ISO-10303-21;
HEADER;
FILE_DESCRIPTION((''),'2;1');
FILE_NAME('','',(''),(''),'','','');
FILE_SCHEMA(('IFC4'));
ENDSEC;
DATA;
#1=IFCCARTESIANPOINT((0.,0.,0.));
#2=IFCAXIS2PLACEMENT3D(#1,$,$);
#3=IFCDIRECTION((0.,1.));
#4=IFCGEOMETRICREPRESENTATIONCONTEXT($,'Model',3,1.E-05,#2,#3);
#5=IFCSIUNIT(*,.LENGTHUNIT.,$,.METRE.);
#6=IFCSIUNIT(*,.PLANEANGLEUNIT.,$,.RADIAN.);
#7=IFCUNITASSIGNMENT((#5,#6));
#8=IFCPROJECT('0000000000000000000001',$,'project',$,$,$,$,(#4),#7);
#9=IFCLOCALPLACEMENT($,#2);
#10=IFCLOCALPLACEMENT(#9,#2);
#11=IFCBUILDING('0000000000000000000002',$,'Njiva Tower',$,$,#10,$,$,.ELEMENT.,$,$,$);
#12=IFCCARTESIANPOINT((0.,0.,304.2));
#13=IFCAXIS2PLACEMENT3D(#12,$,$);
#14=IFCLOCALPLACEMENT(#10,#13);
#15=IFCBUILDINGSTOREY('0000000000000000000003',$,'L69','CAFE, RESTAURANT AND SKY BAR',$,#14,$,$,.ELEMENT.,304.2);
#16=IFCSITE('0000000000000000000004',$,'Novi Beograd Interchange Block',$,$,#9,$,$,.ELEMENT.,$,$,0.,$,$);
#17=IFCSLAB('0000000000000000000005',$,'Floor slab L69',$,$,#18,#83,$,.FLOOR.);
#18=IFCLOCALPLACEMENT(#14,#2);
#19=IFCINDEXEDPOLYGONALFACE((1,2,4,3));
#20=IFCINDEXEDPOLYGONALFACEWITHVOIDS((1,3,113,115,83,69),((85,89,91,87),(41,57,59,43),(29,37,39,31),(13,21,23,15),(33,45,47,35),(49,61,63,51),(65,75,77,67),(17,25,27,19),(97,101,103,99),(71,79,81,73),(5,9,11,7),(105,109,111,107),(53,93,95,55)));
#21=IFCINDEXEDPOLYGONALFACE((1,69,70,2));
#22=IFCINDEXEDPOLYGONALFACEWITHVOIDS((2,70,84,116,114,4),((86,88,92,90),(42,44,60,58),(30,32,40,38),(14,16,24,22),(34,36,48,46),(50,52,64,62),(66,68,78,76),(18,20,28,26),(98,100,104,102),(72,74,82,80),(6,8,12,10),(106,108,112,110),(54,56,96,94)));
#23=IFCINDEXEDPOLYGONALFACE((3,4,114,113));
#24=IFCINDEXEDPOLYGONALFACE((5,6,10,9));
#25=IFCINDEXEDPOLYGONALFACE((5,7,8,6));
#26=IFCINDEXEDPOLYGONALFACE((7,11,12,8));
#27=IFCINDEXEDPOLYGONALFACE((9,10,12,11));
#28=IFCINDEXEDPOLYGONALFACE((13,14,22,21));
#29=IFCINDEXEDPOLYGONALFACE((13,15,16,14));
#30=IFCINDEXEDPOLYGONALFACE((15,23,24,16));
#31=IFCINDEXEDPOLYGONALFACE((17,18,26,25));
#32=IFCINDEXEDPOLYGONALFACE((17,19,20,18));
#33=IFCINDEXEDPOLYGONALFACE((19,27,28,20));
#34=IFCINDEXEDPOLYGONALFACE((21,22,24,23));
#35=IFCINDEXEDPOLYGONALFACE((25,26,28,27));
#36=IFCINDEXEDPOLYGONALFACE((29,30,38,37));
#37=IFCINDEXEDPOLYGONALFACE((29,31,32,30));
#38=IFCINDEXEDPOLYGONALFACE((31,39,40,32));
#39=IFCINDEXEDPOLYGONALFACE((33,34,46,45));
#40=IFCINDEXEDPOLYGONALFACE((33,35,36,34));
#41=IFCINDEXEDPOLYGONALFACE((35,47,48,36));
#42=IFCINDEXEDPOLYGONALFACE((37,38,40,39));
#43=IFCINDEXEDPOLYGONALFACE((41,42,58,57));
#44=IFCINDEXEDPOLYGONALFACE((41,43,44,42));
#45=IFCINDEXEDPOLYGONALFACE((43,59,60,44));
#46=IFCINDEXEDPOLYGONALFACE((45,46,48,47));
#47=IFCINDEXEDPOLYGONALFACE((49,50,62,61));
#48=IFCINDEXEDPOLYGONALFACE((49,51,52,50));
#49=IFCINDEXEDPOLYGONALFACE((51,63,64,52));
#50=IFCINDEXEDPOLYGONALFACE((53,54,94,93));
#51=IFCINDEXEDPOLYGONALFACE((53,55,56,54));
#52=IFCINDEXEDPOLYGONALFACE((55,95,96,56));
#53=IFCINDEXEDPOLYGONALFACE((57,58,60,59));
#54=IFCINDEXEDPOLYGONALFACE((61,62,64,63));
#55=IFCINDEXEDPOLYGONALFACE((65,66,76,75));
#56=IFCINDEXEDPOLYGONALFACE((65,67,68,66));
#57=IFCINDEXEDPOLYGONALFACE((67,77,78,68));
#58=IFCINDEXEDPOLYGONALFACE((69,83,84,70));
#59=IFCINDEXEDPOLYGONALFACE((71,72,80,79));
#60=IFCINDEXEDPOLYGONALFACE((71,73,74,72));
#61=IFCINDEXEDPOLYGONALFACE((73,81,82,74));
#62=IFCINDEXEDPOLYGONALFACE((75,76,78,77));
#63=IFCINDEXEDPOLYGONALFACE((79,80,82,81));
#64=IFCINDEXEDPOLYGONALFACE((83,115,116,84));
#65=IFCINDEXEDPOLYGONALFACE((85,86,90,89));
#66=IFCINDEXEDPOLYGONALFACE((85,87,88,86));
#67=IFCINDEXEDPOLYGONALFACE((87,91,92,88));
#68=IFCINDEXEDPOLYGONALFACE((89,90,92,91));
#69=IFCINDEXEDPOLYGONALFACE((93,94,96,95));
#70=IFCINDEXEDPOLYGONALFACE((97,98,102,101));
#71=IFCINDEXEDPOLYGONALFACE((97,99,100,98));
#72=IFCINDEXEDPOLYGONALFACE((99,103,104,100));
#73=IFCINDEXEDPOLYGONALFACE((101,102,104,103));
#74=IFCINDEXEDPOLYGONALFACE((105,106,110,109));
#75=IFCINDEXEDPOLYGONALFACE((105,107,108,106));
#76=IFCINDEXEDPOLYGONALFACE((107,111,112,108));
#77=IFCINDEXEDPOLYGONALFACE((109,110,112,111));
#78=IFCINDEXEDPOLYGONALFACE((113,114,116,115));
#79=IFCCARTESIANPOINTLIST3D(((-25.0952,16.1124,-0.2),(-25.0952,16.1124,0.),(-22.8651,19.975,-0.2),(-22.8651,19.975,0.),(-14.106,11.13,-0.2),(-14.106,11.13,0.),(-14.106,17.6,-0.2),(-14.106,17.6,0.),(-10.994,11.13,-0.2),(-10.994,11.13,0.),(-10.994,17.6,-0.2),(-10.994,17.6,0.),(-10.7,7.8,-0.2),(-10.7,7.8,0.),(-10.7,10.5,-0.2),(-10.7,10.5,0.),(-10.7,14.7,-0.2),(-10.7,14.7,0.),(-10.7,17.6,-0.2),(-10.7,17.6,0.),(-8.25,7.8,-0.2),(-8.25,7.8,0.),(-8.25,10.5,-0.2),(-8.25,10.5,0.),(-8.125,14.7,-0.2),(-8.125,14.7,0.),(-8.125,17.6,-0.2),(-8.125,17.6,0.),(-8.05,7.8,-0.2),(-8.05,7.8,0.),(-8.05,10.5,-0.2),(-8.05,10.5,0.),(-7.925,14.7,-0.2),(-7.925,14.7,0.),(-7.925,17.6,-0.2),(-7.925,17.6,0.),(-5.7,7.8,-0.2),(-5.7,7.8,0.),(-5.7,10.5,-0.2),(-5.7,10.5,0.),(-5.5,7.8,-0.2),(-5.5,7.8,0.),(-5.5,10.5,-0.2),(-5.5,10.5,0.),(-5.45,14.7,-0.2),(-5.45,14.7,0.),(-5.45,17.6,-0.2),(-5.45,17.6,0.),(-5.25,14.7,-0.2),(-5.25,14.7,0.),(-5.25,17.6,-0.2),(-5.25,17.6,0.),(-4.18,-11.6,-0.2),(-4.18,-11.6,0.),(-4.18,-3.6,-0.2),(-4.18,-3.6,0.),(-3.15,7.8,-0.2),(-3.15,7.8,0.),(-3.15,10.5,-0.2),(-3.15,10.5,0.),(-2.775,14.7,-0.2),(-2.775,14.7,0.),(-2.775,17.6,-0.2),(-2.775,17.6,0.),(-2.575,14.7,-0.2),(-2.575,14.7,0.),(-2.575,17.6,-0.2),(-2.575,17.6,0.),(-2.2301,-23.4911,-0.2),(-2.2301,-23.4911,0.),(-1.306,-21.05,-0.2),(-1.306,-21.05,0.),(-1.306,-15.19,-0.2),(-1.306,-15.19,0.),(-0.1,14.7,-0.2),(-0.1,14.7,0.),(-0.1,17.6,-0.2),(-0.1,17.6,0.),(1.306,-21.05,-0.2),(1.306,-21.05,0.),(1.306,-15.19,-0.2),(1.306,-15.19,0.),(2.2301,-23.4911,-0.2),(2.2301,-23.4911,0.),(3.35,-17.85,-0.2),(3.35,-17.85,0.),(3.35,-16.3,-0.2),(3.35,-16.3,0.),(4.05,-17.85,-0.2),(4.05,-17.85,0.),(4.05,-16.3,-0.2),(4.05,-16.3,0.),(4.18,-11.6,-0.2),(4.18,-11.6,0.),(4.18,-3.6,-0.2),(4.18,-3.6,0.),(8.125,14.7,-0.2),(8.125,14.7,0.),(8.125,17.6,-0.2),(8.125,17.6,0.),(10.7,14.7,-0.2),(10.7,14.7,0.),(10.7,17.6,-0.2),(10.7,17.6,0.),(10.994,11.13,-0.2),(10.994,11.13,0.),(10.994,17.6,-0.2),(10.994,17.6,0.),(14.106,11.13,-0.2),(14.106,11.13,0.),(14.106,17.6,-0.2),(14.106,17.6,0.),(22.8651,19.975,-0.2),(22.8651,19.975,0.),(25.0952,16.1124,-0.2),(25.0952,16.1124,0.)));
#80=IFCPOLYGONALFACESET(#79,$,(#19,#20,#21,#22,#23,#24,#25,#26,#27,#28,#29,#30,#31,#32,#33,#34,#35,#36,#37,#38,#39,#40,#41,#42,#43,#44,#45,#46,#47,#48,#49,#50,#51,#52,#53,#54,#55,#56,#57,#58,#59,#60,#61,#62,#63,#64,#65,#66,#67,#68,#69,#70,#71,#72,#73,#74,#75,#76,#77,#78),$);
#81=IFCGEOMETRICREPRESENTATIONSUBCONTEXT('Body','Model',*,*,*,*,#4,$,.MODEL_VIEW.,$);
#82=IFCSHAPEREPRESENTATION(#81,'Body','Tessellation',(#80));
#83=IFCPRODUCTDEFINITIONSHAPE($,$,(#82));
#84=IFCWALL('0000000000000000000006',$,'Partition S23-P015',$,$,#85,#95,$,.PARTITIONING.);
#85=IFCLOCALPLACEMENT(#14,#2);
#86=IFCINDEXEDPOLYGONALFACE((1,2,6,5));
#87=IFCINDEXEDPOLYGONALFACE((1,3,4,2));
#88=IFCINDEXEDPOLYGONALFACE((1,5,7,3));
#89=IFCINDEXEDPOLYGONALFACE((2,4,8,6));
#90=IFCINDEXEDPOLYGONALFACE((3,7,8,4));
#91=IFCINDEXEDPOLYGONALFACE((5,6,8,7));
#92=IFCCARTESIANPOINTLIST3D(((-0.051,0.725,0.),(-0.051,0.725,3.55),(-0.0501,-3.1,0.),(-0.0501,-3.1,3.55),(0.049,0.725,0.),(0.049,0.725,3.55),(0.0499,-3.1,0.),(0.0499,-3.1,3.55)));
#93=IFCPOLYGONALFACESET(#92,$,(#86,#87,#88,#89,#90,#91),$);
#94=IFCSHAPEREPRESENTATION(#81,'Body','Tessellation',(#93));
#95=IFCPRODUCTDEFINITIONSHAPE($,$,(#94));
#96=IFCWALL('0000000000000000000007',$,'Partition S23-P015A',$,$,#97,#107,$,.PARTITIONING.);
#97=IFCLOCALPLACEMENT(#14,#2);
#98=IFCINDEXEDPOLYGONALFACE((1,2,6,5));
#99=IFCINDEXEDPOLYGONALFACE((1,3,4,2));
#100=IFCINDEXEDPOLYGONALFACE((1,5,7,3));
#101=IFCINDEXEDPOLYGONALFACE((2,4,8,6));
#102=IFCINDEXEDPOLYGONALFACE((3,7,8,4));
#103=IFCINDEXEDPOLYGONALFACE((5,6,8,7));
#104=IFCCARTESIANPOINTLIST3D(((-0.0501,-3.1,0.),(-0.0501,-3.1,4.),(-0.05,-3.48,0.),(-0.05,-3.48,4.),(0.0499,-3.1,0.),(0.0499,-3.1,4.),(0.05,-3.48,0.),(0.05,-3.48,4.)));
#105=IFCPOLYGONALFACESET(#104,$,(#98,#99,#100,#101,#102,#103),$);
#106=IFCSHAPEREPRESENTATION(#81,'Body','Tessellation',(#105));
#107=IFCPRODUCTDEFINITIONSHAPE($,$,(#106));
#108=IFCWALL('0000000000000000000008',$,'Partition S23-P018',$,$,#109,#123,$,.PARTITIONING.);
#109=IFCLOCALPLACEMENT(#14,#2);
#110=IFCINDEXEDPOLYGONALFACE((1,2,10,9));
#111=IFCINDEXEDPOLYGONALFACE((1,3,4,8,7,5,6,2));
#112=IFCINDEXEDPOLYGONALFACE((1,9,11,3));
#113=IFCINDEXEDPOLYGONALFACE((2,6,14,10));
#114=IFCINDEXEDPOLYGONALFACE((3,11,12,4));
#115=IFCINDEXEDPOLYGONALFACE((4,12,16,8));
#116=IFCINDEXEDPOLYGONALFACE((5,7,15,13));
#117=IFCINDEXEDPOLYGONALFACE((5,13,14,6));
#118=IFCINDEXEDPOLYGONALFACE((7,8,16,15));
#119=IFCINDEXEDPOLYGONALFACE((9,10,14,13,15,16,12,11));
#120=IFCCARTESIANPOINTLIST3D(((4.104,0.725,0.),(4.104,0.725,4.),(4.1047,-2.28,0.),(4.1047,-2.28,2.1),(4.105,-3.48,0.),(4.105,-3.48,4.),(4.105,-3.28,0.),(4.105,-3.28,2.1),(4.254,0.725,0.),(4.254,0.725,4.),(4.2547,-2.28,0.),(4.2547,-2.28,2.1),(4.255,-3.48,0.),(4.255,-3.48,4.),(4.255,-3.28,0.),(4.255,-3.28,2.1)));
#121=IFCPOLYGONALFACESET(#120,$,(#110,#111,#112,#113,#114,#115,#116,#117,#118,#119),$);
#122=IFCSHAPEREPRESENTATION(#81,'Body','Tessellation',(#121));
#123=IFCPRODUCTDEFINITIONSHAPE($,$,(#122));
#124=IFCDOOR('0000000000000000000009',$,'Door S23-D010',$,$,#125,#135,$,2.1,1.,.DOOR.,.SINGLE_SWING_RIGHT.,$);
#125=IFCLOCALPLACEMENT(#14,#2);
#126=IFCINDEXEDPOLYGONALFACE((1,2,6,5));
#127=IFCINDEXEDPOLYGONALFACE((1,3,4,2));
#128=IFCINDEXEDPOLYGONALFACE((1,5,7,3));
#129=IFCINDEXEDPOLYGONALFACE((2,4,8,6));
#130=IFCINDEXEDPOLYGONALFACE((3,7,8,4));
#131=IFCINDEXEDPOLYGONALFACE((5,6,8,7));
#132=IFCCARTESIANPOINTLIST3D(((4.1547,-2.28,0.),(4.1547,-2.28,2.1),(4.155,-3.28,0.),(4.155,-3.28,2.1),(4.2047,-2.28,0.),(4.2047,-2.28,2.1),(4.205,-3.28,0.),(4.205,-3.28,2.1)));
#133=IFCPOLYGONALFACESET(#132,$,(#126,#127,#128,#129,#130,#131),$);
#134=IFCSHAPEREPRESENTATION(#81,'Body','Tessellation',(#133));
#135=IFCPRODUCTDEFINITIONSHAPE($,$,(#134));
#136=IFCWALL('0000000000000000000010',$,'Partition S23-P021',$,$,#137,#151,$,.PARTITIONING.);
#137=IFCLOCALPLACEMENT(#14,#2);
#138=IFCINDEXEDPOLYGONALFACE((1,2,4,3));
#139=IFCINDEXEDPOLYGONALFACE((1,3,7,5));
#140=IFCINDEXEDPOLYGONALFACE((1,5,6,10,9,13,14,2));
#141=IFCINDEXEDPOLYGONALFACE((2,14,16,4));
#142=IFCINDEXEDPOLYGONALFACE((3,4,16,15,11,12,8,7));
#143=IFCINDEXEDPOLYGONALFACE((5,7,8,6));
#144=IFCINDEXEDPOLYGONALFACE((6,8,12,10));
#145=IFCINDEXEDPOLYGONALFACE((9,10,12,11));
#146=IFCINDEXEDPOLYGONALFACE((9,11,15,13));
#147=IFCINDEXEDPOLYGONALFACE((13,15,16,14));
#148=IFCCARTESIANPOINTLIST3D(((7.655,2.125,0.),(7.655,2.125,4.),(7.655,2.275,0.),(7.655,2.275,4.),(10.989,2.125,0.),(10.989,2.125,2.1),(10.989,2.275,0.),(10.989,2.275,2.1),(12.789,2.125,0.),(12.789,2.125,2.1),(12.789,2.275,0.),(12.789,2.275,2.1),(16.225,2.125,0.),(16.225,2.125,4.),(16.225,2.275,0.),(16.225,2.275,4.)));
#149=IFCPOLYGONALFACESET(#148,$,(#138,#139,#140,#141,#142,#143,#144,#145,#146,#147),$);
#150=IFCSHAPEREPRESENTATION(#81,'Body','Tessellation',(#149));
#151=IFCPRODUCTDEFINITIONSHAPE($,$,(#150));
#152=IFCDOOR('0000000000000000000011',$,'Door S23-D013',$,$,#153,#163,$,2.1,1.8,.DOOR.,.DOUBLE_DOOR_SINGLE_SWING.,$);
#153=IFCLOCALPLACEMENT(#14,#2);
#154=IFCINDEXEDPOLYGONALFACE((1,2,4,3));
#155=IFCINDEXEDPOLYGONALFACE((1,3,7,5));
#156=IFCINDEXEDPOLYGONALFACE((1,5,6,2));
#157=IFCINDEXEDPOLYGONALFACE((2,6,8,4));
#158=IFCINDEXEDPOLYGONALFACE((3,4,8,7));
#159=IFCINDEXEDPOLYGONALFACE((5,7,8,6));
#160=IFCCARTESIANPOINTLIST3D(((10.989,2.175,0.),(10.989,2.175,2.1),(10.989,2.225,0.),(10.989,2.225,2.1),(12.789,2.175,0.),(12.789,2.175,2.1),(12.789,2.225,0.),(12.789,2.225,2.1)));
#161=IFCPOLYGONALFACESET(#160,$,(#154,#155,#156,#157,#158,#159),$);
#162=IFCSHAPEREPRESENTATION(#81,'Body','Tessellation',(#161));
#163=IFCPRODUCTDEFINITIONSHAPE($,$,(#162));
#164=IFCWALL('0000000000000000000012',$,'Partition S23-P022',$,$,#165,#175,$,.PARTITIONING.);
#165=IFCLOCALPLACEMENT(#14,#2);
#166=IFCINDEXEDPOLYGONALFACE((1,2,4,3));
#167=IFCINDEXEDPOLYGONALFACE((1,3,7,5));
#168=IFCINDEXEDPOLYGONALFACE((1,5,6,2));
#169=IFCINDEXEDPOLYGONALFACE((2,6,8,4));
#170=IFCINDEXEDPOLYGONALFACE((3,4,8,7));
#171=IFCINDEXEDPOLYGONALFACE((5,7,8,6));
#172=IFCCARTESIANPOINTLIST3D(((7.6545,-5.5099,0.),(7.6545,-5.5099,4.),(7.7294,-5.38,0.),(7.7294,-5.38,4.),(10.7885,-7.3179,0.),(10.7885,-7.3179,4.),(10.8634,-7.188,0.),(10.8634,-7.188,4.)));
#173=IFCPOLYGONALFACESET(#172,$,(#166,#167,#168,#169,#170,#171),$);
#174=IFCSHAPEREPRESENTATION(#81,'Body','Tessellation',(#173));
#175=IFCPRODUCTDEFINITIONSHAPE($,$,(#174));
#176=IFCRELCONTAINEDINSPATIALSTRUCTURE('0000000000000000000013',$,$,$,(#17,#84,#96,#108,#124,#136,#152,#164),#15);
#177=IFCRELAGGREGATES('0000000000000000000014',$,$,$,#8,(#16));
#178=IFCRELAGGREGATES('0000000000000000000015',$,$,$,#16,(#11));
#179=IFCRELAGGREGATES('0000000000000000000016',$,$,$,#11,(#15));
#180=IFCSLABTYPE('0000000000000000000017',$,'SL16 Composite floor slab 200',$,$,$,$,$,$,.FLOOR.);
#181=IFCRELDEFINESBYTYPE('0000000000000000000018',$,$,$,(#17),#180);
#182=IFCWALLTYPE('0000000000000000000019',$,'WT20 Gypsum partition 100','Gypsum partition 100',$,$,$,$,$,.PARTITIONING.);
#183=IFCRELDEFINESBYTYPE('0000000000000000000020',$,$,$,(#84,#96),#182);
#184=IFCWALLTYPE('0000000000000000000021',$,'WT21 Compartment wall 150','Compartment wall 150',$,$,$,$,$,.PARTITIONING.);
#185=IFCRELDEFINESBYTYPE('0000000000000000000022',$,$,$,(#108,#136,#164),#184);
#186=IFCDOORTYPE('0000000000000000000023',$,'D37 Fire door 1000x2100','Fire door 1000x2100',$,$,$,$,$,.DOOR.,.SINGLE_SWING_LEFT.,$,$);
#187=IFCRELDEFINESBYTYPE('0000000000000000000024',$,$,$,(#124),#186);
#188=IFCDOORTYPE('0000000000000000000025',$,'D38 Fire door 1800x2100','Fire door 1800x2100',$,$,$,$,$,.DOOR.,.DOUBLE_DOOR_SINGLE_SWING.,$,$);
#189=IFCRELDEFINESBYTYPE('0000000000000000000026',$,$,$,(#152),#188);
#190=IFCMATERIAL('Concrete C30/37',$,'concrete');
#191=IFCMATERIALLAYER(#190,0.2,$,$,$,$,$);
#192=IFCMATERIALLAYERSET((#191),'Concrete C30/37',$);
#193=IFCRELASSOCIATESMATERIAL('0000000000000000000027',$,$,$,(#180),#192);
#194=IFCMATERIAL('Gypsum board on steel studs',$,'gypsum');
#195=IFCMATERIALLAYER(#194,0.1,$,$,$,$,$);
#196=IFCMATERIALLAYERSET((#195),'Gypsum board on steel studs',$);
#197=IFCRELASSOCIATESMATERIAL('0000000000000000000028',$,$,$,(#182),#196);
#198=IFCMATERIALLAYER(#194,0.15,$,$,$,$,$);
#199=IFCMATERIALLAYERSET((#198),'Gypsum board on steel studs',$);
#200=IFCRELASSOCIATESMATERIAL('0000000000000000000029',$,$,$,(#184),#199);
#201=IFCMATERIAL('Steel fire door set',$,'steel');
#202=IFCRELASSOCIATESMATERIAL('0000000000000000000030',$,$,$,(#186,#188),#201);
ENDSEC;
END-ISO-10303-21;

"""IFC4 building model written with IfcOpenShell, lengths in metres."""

from ifc_helpers import new_model, si_unit, direction, frame, frame_2d, origin, place, context, subcontext, project, spatial, polyline, rectangle, outline, extrude, material, layer, layer_set, type_object, element, fill, save


model = new_model("IFC4")

# Units and contexts
model_context = context("Model", 3, precision=1e-05, world=origin(), true_north=direction((0.0, 1.0)))
body_context = subcontext(model_context, "Body", "Model", "MODEL_VIEW")
ifc_project = project(units=[si_unit("LENGTHUNIT", "METRE"), si_unit("PLANEANGLEUNIT", "RADIAN")], contexts=[model_context])

# Site, building, storey
site_placement = place(None, origin())
site = spatial("IfcSite", under=ifc_project, at=site_placement, Name="Novi Beograd Interchange Block", CompositionType="ELEMENT", RefElevation=0.0)
building_placement = place(site_placement, origin())
building = spatial("IfcBuilding", under=site, at=building_placement, Name="Njiva Tower", CompositionType="ELEMENT")
storey_placement = place(building_placement, frame((0.0, 0.0, 304.2)))
storey = spatial("IfcBuildingStorey", under=building, at=storey_placement, Name="L69", Description="CAFE, RESTAURANT AND SKY BAR", CompositionType="ELEMENT", Elevation=304.2)

# Slab
ifc_material_1 = material(Name="Concrete C30/37", Category="concrete")
ifc_layer_1 = layer(ifc_material_1, 0.2)
ifc_layer_set_1 = layer_set([ifc_layer_1], Name="Concrete C30/37")
slab_type_1 = type_object("IfcSlabType", Name="SL16 Composite floor slab 200", PredefinedType="FLOOR", material=ifc_layer_set_1)
slab_1_placement = place(storey_placement, frame((0.0, 0.0, -0.2)))
element("IfcSlab", 1, at=slab_1_placement, inside=storey, type_object=slab_type_1, Name="Floor slab L69", PredefinedType="FLOOR", context=body_context, shape_type="SweptSolid", body=[
    extrude(outline(polyline([(25.0952, 16.1124), (2.2301, -23.4911), (-2.2301, -23.4911), (-25.0952, 16.1124), (-22.8651, 19.975), (22.8651, 19.975), (25.0952, 16.1124)]), holes=[polyline([(10.994, 11.13), (14.106, 11.13), (14.106, 17.6), (10.994, 17.6), (10.994, 11.13)]), polyline([(8.125, 14.7), (10.7, 14.7), (10.7, 17.6), (8.125, 17.6), (8.125, 14.7)]), polyline([(4.18, -11.6), (4.18, -3.6), (-4.18, -3.6), (-4.18, -11.6), (4.18, -11.6)]), polyline([(3.35, -17.85), (4.05, -17.85), (4.05, -16.3), (3.35, -16.3), (3.35, -17.85)]), polyline([(-1.306, -21.05), (1.306, -21.05), (1.306, -15.19), (-1.306, -15.19), (-1.306, -21.05)]), polyline([(-2.575, 14.7), (-0.1, 14.7), (-0.1, 17.6), (-2.575, 17.6), (-2.575, 14.7)]), polyline([(-2.775, 14.7), (-2.775, 17.6), (-5.25, 17.6), (-5.25, 14.7), (-2.775, 14.7)]), polyline([(-5.5, 7.8), (-3.15, 7.8), (-3.15, 10.5), (-5.5, 10.5), (-5.5, 7.8)]), polyline([(-7.925, 14.7), (-5.45, 14.7), (-5.45, 17.6), (-7.925, 17.6), (-7.925, 14.7)]), polyline([(-8.05, 7.8), (-5.7, 7.8), (-5.7, 10.5), (-8.05, 10.5), (-8.05, 7.8)]), polyline([(-10.7, 14.7), (-8.125, 14.7), (-8.125, 17.6), (-10.7, 17.6), (-10.7, 14.7)]), polyline([(-8.25, 7.8), (-8.25, 10.5), (-10.7, 10.5), (-10.7, 7.8), (-8.25, 7.8)]), polyline([(-10.994, 11.13), (-10.994, 17.6), (-14.106, 17.6), (-14.106, 11.13), (-10.994, 11.13)])]), origin(), (0.0, 0.0, 1.0), 0.2),
])

# Walls
ifc_material_2 = material(Name="Gypsum board on steel studs", Category="gypsum")
ifc_layer_2 = layer(ifc_material_2, 0.1)
ifc_layer_set_2 = layer_set([ifc_layer_2], Name="Gypsum board on steel studs")
wall_type_1 = type_object("IfcWallType", Name="WT20 Gypsum partition 100", Description="Gypsum partition 100", PredefinedType="PARTITIONING", material=ifc_layer_set_2)
wall_1_placement = place(storey_placement, frame((-0.001, 0.725, 0.0), z_axis=(0.0, 0.0, 1.0), x_axis=(0.000235, -1.0, 0.0)))
element("IfcWall", 2, at=wall_1_placement, inside=storey, type_object=wall_type_1, Name="Partition S23-P015", PredefinedType="PARTITIONING", context=body_context, shape_type="SweptSolid", body=[
    extrude(rectangle(XDim=3.825, YDim=0.1, at=frame_2d((1.9125, 0.0))), origin(), (0.0, 0.0, 1.0), 3.55),
])
wall_2_placement = place(storey_placement, frame((-0.0001, -3.1, 0.0), z_axis=(0.0, 0.0, 1.0), x_axis=(0.000263, -1.0, 0.0)))
element("IfcWall", 3, at=wall_2_placement, inside=storey, type_object=wall_type_1, Name="Partition S23-P015A", PredefinedType="PARTITIONING", context=body_context, shape_type="SweptSolid", body=[
    extrude(rectangle(XDim=0.38, YDim=0.1, at=frame_2d((0.19, 0.0))), origin(), (0.0, 0.0, 1.0), 4.0),
])

# Walls, openings, doors
ifc_layer_3 = layer(ifc_material_2, 0.15)
ifc_layer_set_3 = layer_set([ifc_layer_3], Name="Gypsum board on steel studs")
wall_type_2 = type_object("IfcWallType", Name="WT21 Compartment wall 150", Description="Compartment wall 150", PredefinedType="PARTITIONING", material=ifc_layer_set_3)
wall_3_placement = place(storey_placement, frame((4.179, 0.725, 0.0), z_axis=(0.0, 0.0, 1.0), x_axis=(0.000238, -1.0, 0.0)))
wall_3 = element("IfcWall", 4, at=wall_3_placement, inside=storey, type_object=wall_type_2, Name="Partition S23-P018", PredefinedType="PARTITIONING", context=body_context, shape_type="SweptSolid", body=[
    extrude(rectangle(XDim=4.205, YDim=0.15, at=frame_2d((2.1025, 0.0))), origin(), (0.0, 0.0, 1.0), 4.0),
])
opening_1_placement = place(wall_3_placement, frame((3.005, 0.0, 0.0)))
opening_1 = element("IfcOpeningElement", 5, at=opening_1_placement, cuts=wall_3, PredefinedType="OPENING", context=body_context, shape_type="SweptSolid", body=[
    extrude(rectangle(XDim=1.0, YDim=2.1, at=frame_2d((0.5, 1.05))), frame((0.0, 0.085, 0.0), z_axis=(0.0, -1.0, 0.0), x_axis=(1.0, 0.0, 0.0)), (0.0, 0.0, 1.0), 0.17),
])
ifc_material_3 = material(Name="Steel fire door set", Category="steel")
door_type_1 = type_object("IfcDoorType", Name="D37 Fire door 1000x2100", Description="Fire door 1000x2100", OperationType="SINGLE_SWING_LEFT", PredefinedType="DOOR", material=ifc_material_3)
door_1_placement = place(opening_1_placement, origin())
door_1 = element("IfcDoor", 6, at=door_1_placement, inside=storey, type_object=door_type_1, Name="Door S23-D010", OperationType="SINGLE_SWING_RIGHT", OverallHeight=2.1, OverallWidth=1.0, PredefinedType="DOOR", context=body_context, shape_type="SweptSolid", body=[
    extrude(rectangle(XDim=1.0, YDim=2.1, at=frame_2d((0.5, 1.05))), frame((0.0, 0.025, 0.0), z_axis=(0.0, -1.0, 0.0), x_axis=(1.0, 0.0, 0.0)), (0.0, 0.0, 1.0), 0.05),
])
fill(opening_1, door_1)
wall_4_placement = place(storey_placement, frame((7.655, 2.2, 0.0), z_axis=(0.0, 0.0, 1.0), x_axis=(1.0, 0.0, 0.0)))
wall_4 = element("IfcWall", 7, at=wall_4_placement, inside=storey, type_object=wall_type_2, Name="Partition S23-P021", PredefinedType="PARTITIONING", context=body_context, shape_type="SweptSolid", body=[
    extrude(rectangle(XDim=8.57, YDim=0.15, at=frame_2d((4.285, 0.0))), origin(), (0.0, 0.0, 1.0), 4.0),
])
opening_2_placement = place(wall_4_placement, frame((3.334, 0.0, 0.0)))
opening_2 = element("IfcOpeningElement", 8, at=opening_2_placement, cuts=wall_4, PredefinedType="OPENING", context=body_context, shape_type="SweptSolid", body=[
    extrude(rectangle(XDim=1.8, YDim=2.1, at=frame_2d((0.9, 1.05))), frame((0.0, 0.085, 0.0), z_axis=(0.0, -1.0, 0.0), x_axis=(1.0, 0.0, 0.0)), (0.0, 0.0, 1.0), 0.17),
])
door_type_2 = type_object("IfcDoorType", Name="D38 Fire door 1800x2100", Description="Fire door 1800x2100", OperationType="DOUBLE_DOOR_SINGLE_SWING", PredefinedType="DOOR", material=ifc_material_3)
door_2_placement = place(opening_2_placement, origin())
door_2 = element("IfcDoor", 9, at=door_2_placement, inside=storey, type_object=door_type_2, Name="Door S23-D013", OperationType="DOUBLE_DOOR_SINGLE_SWING", OverallHeight=2.1, OverallWidth=1.8, PredefinedType="DOOR", context=body_context, shape_type="SweptSolid", body=[
    extrude(rectangle(XDim=1.8, YDim=2.1, at=frame_2d((0.9, 1.05))), frame((0.0, 0.025, 0.0), z_axis=(0.0, -1.0, 0.0), x_axis=(1.0, 0.0, 0.0)), (0.0, 0.0, 1.0), 0.05),
])
fill(opening_2, door_2)

# Wall
wall_5_placement = place(storey_placement, frame((7.692, -5.445, 0.0), z_axis=(0.0, 0.0, 1.0), x_axis=(0.866195, -0.499707, 0.0)))
element("IfcWall", 10, at=wall_5_placement, inside=storey, type_object=wall_type_2, Name="Partition S23-P022", PredefinedType="PARTITIONING", context=body_context, shape_type="SweptSolid", body=[
    extrude(rectangle(XDim=3.6181, YDim=0.15, at=frame_2d((1.809, 0.0))), origin(), (0.0, 0.0, 1.0), 4.0),
])

save(model, "model.ifc")
